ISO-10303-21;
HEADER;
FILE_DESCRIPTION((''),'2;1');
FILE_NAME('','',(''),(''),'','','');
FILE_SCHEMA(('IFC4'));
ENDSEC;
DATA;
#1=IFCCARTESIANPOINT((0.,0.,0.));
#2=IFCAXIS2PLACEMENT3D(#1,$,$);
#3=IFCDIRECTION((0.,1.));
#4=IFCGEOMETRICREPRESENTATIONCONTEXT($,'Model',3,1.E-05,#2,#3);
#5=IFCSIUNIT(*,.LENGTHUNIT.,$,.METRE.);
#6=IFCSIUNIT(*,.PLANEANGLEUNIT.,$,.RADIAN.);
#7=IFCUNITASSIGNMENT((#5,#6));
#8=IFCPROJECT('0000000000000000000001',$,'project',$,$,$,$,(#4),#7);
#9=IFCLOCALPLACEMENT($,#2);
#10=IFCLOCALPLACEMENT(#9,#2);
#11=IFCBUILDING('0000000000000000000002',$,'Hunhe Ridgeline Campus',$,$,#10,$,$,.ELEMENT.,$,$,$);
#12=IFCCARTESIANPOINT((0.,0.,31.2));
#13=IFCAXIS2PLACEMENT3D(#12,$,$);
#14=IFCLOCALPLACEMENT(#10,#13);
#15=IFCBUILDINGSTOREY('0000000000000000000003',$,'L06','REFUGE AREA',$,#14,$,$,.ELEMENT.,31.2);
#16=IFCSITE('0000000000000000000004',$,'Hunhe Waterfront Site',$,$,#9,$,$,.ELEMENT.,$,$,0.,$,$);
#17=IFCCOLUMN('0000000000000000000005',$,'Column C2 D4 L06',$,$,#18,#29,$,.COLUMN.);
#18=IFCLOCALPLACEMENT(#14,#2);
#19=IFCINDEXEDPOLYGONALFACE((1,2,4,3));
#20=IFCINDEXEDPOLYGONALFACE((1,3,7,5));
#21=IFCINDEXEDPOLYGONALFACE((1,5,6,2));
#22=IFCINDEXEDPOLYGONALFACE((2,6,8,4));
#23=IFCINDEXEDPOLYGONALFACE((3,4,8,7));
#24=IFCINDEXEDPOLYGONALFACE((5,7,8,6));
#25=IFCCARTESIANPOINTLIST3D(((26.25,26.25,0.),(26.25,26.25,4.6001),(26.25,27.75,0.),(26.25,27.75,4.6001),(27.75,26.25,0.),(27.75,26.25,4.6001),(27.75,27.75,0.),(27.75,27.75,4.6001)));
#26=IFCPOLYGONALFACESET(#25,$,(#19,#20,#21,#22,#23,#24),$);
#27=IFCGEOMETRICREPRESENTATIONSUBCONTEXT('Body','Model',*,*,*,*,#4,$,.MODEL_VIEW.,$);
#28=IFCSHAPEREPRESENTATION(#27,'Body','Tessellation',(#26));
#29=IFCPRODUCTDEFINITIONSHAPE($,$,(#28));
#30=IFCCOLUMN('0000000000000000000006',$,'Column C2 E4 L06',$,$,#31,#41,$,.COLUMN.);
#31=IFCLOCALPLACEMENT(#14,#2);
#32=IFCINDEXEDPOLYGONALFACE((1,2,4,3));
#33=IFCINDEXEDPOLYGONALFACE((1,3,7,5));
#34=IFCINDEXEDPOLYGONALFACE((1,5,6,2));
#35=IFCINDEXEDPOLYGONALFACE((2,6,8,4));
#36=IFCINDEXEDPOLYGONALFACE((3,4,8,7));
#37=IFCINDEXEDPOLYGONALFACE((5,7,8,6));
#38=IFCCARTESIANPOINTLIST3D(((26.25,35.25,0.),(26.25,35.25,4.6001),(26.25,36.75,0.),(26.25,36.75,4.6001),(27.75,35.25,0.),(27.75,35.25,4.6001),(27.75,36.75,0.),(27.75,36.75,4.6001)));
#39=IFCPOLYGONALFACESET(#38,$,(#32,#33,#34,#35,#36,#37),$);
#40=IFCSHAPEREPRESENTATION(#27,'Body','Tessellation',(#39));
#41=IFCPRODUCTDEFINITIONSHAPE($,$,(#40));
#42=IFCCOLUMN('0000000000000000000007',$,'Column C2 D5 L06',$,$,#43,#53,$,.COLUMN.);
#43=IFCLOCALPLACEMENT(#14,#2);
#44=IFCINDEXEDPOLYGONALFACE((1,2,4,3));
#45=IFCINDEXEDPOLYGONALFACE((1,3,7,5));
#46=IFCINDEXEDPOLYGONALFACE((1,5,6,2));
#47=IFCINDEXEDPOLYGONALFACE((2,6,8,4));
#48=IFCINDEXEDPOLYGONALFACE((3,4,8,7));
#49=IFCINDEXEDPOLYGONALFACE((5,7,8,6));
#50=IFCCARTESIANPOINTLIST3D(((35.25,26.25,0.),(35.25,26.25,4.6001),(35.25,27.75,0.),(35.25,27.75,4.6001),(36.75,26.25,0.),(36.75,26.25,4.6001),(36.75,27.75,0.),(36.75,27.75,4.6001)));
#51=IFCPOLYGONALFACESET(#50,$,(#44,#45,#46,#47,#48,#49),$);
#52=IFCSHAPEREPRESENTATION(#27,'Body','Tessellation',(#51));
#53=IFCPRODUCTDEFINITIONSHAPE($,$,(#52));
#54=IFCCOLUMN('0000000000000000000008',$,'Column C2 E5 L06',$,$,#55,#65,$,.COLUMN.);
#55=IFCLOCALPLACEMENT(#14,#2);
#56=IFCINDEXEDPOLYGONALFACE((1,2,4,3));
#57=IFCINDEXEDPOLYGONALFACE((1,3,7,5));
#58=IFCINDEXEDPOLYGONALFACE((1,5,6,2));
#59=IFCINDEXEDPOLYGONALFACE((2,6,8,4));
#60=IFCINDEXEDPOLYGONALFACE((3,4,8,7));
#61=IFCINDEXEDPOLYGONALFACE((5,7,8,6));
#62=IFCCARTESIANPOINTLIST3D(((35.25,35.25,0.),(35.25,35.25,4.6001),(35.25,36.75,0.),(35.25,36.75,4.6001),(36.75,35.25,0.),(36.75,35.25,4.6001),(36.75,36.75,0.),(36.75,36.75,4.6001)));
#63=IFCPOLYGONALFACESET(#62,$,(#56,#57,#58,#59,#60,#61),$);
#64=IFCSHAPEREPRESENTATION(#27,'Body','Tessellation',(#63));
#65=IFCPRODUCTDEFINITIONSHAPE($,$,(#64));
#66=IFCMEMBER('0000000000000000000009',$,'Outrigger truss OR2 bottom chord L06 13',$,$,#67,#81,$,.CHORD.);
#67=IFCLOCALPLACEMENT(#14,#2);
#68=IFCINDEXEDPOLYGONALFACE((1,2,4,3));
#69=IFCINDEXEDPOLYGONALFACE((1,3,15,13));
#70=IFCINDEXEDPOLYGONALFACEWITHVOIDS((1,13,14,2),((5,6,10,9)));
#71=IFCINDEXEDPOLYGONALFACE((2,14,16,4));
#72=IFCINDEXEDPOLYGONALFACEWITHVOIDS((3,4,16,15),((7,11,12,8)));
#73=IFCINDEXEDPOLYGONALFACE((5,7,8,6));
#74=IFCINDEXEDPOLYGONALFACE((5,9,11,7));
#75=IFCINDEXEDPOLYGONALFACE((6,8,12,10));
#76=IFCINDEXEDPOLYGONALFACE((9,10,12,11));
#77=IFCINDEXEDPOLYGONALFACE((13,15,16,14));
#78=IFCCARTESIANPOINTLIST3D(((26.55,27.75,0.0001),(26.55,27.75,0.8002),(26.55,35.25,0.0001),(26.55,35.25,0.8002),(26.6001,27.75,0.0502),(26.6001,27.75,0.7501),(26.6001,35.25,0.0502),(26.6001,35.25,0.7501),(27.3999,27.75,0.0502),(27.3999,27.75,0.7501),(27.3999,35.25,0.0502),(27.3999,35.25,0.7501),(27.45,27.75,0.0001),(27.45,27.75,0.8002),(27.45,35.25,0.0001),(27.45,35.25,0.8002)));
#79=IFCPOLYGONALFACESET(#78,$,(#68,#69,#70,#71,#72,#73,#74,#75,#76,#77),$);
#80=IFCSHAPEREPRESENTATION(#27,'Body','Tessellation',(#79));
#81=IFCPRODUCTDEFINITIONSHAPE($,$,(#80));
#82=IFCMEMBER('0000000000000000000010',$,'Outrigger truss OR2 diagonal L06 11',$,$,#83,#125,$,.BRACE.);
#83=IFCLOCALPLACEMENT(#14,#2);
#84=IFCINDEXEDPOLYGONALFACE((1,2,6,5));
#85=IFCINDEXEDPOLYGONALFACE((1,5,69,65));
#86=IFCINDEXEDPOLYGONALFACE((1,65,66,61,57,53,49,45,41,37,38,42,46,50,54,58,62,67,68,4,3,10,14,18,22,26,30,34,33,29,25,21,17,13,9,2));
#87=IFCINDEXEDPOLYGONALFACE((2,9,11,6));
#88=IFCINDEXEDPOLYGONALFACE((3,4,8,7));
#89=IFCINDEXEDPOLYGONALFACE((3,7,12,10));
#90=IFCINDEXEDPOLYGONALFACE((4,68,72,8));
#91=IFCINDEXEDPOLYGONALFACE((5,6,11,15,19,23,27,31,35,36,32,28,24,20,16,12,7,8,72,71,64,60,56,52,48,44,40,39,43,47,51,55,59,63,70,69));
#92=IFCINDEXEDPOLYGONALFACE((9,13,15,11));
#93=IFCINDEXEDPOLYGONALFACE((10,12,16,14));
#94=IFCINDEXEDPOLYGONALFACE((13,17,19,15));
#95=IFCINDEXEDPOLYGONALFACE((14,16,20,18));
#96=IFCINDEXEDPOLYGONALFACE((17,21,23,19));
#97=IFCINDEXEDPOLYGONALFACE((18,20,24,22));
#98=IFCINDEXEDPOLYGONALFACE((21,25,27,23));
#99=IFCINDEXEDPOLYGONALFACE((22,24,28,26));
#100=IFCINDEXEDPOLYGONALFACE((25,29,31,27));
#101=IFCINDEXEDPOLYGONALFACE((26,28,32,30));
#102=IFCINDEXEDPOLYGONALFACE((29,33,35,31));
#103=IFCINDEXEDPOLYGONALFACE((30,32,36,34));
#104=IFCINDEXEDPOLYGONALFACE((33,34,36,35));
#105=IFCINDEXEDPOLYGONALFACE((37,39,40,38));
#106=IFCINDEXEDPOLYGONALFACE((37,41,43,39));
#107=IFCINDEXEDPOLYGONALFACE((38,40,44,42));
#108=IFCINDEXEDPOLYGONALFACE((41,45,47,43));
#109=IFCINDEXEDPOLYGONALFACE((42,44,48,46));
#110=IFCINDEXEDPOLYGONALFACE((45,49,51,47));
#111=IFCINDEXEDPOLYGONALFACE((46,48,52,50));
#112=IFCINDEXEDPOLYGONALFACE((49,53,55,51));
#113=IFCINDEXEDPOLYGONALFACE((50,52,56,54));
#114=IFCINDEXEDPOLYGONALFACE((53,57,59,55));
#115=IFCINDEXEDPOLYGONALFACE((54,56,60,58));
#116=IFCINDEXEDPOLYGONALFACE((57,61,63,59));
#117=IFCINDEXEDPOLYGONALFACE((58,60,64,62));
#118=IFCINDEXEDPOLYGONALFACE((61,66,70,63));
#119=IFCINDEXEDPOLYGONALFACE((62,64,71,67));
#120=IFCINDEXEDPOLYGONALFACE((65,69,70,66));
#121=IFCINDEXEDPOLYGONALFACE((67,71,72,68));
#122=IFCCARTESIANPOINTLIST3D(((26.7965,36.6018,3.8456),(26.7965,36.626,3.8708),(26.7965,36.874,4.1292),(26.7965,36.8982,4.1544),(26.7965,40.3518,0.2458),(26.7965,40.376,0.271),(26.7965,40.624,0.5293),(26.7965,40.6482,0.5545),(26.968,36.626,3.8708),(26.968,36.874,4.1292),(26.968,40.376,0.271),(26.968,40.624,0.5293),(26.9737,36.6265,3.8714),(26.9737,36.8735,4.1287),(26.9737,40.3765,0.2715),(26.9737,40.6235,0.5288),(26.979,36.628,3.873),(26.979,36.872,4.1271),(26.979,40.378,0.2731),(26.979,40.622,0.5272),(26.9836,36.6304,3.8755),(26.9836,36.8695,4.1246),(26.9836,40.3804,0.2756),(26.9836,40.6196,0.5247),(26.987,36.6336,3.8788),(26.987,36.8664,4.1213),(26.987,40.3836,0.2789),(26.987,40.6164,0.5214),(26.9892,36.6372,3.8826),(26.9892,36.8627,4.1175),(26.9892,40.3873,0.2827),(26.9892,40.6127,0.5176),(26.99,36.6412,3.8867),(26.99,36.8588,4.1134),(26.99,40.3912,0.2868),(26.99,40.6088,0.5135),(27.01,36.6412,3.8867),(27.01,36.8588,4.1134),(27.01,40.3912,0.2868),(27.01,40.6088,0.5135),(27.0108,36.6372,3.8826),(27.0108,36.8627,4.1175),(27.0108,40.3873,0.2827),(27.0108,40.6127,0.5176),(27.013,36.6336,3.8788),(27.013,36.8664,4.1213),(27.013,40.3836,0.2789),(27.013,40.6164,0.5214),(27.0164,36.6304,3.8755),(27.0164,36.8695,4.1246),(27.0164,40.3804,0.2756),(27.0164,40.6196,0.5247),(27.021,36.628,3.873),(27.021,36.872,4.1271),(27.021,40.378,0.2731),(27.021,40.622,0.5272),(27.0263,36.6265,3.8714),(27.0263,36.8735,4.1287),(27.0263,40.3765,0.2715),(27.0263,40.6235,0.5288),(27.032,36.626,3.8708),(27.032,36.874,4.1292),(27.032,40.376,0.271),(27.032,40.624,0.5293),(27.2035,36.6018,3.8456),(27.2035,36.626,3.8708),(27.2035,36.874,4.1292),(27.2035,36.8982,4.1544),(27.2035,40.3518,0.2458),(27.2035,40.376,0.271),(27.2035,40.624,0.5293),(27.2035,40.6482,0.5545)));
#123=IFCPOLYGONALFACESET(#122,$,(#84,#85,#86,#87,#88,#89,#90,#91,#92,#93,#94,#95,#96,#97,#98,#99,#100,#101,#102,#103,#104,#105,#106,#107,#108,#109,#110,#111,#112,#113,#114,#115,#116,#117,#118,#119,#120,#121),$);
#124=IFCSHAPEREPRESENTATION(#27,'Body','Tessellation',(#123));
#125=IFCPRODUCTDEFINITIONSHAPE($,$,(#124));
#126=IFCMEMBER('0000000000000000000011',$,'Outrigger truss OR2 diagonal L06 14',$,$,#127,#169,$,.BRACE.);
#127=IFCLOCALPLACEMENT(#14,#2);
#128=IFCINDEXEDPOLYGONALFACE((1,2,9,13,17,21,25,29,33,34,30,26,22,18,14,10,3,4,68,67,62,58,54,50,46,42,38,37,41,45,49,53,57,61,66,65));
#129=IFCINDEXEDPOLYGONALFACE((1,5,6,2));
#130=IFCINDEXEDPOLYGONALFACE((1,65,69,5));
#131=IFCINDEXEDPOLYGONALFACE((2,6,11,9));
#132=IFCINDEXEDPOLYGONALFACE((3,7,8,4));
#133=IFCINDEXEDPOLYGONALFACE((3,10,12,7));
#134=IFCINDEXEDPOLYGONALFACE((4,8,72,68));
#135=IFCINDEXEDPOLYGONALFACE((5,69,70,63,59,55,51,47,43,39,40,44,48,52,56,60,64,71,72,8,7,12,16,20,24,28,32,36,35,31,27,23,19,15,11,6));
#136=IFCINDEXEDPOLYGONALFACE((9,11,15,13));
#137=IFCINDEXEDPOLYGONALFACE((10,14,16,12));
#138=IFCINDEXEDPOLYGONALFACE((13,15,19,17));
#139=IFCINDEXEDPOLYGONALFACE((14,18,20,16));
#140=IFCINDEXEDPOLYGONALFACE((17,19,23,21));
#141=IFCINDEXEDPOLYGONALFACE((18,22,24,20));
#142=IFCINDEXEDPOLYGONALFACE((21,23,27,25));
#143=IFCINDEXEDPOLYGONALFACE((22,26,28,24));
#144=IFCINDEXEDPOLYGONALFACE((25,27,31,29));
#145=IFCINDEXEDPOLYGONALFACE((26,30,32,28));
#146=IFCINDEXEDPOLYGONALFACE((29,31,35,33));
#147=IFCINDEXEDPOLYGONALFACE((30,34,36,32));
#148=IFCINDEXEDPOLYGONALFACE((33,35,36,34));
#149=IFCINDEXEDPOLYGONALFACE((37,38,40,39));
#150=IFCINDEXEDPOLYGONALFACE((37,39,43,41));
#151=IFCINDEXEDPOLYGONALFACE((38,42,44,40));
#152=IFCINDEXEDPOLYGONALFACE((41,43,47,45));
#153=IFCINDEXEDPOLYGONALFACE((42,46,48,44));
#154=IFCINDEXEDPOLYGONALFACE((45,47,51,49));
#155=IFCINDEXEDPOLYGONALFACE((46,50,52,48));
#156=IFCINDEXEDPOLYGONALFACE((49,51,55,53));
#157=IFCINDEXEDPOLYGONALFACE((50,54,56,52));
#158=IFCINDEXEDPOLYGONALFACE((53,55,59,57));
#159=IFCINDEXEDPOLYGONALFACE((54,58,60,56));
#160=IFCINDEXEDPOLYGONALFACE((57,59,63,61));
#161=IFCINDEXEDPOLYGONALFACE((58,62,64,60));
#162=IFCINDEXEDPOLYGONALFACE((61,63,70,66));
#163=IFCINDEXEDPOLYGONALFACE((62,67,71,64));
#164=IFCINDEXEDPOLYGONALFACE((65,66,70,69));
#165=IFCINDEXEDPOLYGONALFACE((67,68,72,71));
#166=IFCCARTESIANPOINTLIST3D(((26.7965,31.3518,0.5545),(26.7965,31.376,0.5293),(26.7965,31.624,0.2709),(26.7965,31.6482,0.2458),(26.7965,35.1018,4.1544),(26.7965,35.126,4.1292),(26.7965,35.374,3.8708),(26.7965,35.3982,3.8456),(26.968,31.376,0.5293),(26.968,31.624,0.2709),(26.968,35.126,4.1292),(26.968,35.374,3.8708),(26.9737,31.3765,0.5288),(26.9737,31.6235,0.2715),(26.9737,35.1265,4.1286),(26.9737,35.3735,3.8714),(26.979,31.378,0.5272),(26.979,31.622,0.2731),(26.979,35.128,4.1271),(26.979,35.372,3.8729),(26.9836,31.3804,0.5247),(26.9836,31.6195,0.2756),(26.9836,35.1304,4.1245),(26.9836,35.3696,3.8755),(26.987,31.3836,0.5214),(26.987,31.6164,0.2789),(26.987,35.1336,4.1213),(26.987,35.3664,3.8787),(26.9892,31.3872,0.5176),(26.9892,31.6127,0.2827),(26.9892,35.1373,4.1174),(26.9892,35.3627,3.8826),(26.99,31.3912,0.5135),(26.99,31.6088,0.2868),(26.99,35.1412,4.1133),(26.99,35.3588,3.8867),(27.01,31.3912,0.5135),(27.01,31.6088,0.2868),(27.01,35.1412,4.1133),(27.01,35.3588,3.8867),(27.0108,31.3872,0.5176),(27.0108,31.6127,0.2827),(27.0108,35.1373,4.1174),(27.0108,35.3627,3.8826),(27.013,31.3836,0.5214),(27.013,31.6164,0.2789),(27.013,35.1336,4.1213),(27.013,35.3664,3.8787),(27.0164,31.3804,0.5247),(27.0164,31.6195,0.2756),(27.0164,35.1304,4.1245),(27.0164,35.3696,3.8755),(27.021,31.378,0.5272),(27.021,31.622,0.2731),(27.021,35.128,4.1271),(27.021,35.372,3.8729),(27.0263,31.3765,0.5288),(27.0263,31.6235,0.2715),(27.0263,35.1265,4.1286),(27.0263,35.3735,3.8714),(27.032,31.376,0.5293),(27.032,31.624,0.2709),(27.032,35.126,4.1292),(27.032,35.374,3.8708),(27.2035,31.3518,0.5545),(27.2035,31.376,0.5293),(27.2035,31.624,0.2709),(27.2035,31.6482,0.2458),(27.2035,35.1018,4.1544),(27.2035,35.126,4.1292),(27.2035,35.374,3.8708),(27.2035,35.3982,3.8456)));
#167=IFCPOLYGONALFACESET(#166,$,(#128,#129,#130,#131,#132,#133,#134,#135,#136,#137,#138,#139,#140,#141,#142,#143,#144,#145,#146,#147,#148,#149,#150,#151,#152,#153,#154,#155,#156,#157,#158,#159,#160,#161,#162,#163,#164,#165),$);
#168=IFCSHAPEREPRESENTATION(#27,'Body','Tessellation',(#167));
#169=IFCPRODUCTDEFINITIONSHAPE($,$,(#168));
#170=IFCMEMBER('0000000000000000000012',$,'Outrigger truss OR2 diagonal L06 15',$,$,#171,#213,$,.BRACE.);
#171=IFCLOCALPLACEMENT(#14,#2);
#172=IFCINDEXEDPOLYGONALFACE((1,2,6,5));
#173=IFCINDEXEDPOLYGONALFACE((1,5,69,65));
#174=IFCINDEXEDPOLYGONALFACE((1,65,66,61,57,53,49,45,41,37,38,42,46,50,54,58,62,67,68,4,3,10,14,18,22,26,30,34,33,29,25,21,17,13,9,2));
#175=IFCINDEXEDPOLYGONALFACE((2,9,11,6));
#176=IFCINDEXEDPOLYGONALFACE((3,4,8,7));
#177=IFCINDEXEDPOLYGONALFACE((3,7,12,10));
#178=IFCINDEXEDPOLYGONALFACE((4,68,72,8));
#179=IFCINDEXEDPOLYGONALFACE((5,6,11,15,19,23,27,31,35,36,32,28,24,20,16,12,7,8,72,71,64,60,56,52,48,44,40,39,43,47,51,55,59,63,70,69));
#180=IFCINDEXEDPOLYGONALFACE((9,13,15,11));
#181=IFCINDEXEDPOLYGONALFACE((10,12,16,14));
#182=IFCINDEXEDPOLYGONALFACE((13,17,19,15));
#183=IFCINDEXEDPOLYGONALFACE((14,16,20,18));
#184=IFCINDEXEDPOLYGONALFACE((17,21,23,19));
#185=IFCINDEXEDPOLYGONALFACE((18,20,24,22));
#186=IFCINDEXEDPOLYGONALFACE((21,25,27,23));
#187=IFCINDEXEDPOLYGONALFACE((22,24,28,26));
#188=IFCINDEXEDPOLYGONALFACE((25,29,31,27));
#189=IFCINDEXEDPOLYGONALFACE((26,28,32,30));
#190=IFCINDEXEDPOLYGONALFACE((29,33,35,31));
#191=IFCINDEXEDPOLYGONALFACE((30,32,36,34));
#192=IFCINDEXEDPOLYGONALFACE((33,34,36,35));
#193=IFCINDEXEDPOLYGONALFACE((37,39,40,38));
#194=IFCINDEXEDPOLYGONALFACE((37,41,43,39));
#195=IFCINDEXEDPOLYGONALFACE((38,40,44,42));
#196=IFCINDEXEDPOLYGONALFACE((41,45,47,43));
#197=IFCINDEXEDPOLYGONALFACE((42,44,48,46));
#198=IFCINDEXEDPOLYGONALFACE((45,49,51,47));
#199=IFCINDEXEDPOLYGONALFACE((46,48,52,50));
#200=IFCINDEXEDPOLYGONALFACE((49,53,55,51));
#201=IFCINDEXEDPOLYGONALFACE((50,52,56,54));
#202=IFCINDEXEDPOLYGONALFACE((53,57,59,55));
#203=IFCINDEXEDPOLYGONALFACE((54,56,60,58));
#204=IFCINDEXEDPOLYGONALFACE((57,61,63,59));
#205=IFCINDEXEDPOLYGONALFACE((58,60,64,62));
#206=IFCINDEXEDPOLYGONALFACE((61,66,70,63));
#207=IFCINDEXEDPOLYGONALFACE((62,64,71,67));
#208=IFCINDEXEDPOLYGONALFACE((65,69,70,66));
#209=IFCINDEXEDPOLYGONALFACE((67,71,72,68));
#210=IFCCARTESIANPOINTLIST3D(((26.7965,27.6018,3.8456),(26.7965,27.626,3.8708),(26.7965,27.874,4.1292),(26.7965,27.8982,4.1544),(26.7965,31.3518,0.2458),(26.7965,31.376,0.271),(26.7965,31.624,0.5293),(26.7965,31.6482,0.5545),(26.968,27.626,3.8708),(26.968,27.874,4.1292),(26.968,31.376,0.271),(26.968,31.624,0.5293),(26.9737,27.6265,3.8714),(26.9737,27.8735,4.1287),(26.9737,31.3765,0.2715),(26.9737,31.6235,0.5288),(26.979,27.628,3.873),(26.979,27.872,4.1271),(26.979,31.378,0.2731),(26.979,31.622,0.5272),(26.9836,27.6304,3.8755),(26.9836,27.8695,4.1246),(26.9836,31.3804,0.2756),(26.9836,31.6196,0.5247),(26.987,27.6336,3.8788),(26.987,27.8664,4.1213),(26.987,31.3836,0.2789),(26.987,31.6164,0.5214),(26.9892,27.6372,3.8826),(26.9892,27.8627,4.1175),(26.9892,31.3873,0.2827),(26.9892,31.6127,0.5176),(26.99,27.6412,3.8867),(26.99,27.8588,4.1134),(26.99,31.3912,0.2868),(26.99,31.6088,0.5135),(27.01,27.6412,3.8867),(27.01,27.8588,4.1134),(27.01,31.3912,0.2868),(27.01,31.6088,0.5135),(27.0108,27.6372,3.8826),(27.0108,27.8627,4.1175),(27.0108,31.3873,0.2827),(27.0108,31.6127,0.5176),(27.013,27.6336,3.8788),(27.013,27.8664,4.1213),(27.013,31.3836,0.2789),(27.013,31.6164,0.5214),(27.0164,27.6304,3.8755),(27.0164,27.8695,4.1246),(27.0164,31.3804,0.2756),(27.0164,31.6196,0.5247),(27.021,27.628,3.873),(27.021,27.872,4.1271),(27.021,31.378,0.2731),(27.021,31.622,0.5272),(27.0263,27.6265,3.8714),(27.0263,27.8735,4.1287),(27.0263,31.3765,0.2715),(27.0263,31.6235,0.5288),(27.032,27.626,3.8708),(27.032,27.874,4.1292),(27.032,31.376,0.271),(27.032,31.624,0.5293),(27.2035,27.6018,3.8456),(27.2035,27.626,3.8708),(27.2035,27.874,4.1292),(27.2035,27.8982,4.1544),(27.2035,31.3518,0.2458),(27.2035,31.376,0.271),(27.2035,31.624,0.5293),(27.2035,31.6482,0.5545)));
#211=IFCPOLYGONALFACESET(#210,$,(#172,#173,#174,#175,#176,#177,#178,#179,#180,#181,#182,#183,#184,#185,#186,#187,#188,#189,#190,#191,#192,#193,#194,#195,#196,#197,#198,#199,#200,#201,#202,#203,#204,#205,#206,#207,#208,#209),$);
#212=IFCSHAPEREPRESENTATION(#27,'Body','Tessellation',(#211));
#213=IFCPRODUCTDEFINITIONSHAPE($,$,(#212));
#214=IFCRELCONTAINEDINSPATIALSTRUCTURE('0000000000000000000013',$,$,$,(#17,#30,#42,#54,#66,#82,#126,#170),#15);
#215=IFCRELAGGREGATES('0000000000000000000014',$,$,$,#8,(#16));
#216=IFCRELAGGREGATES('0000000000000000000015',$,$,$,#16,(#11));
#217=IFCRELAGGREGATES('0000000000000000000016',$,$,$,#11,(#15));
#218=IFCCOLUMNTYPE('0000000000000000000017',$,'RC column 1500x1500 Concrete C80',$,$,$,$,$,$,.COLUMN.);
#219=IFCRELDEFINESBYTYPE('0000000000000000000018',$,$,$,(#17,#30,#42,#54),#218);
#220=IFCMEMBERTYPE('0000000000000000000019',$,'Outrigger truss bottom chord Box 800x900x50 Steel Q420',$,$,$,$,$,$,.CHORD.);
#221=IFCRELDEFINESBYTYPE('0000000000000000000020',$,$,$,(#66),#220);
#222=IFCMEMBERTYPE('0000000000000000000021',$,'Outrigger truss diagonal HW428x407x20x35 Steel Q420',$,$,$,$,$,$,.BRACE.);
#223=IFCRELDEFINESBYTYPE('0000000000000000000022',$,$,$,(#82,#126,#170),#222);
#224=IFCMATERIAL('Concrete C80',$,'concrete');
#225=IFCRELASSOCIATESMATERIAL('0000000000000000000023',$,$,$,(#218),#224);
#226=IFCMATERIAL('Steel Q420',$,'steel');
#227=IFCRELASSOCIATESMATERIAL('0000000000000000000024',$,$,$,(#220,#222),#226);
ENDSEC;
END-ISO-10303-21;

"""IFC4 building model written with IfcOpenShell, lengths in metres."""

from ifc_helpers import new_model, si_unit, direction, frame, origin, origin_2d, place, context, subcontext, project, spatial, rectangle, hollow_rectangle, i_section, extrude, material, material_profile, profile_set, type_object, element, save


model = new_model("IFC4")

# Units and contexts
model_context = context("Model", 3, precision=1e-05, world=origin(), true_north=direction((0.0, 1.0)))
body_context = subcontext(model_context, "Body", "Model", "MODEL_VIEW")
ifc_project = project(units=[si_unit("LENGTHUNIT", "METRE"), si_unit("PLANEANGLEUNIT", "RADIAN")], contexts=[model_context])

# Site, building, storey
site_placement = place(None, origin())
site = spatial("IfcSite", under=ifc_project, at=site_placement, Name="Hunhe Waterfront Site", CompositionType="ELEMENT", RefElevation=0.0)
building_placement = place(site_placement, origin())
building = spatial("IfcBuilding", under=site, at=building_placement, Name="Hunhe Ridgeline Campus", CompositionType="ELEMENT")
storey_placement = place(building_placement, frame((0.0, 0.0, 31.2)))
storey = spatial("IfcBuildingStorey", under=building, at=storey_placement, Name="L06", Description="REFUGE AREA", CompositionType="ELEMENT", Elevation=31.2)

# Columns
ifc_material_1 = material(Name="Concrete C80", Category="concrete")
ifc_material_profile_1 = material_profile(ifc_material_1, rectangle(XDim=1.5, YDim=1.5, at=origin_2d()))
ifc_profile_set_1 = profile_set([ifc_material_profile_1], Name="Concrete C80")
column_type = type_object("IfcColumnType", Name="RC column 1500x1500 Concrete C80", PredefinedType="COLUMN", material=ifc_profile_set_1)
for number, where, z_axis, x_axis, name in (
    (1, (27.0, 27.0, 0.0), (0.0, 0.0, 1.0), (1.0, 0.0, 0.0), "Column C2 D4 L06"),
    (2, (27.0, 36.0, 0.0), (0.0, 0.0, 1.0), (1.0, 0.0, 0.0), "Column C2 E4 L06"),
    (3, (36.0, 27.0, 0.0), (0.0, 0.0, 1.0), (1.0, 0.0, 0.0), "Column C2 D5 L06"),
    (4, (36.0, 36.0, 0.0), (0.0, 0.0, 1.0), (1.0, 0.0, 0.0), "Column C2 E5 L06"),
):
    element("IfcColumn", number, at=place(storey_placement, frame(where, z_axis=z_axis, x_axis=x_axis)), inside=storey, type_object=column_type, Name=name, PredefinedType="COLUMN", context=body_context, shape_type="SweptSolid", body=[
        extrude(rectangle(XDim=1.5, YDim=1.5, at=origin_2d()), origin(), (0.0, 0.0, 1.0), 4.6001),
    ])

# Members
ifc_material_2 = material(Name="Steel Q420", Category="steel")
ifc_material_profile_2 = material_profile(ifc_material_2, hollow_rectangle(XDim=0.8999, YDim=0.8, WallThickness=0.05, at=origin_2d()))
ifc_profile_set_2 = profile_set([ifc_material_profile_2], Name="Steel Q420")
member_type_1 = type_object("IfcMemberType", Name="Outrigger truss bottom chord Box 800x900x50 Steel Q420", PredefinedType="CHORD", material=ifc_profile_set_2)
member_1_placement = place(storey_placement, frame((27.0, 35.25, 0.4001), z_axis=(0.0, -1.0, 0.0), x_axis=(1.0, 0.0, 0.0)))
element("IfcMember", 5, at=member_1_placement, inside=storey, type_object=member_type_1, Name="Outrigger truss OR2 bottom chord L06 13", PredefinedType="CHORD", context=body_context, shape_type="SweptSolid", body=[
    extrude(hollow_rectangle(XDim=0.8999, YDim=0.8, WallThickness=0.05, at=origin_2d()), origin(), (0.0, 0.0, 1.0), 7.5),
])
ifc_material_profile_3 = material_profile(ifc_material_2, i_section(OverallWidth=0.407, OverallDepth=0.428, WebThickness=0.02, FlangeThickness=0.0349, FilletRadius=0.022, at=origin_2d()))
ifc_profile_set_3 = profile_set([ifc_material_profile_3], Name="Steel Q420")
member_type_2 = type_object("IfcMemberType", Name="Outrigger truss diagonal HW428x407x20x35 Steel Q420", PredefinedType="BRACE", material=ifc_profile_set_3)
for number, where, z_axis, x_axis, name in (
    (6, (27.0, 40.5, 0.4001), (0.0, -0.721401, 0.692517), (1.0, 0.0, 0.0), "Outrigger truss OR2 diagonal L06 11"),
    (7, (27.0, 35.25, 4.0), (0.0, -0.721401, -0.692517), (1.0, 0.0, 0.0), "Outrigger truss OR2 diagonal L06 14"),
    (8, (27.0, 31.5, 0.4001), (0.0, -0.721401, 0.692517), (1.0, 0.0, 0.0), "Outrigger truss OR2 diagonal L06 15"),
):
    element("IfcMember", number, at=place(storey_placement, frame(where, z_axis=z_axis, x_axis=x_axis)), inside=storey, type_object=member_type_2, Name=name, PredefinedType="BRACE", context=body_context, shape_type="SweptSolid", body=[
        extrude(i_section(OverallWidth=0.407, OverallDepth=0.428, WebThickness=0.02, FlangeThickness=0.0349, FilletRadius=0.022, at=origin_2d()), origin(), (0.0, 0.0, 1.0), 5.1982),
    ])

save(model, "model.ifc")
